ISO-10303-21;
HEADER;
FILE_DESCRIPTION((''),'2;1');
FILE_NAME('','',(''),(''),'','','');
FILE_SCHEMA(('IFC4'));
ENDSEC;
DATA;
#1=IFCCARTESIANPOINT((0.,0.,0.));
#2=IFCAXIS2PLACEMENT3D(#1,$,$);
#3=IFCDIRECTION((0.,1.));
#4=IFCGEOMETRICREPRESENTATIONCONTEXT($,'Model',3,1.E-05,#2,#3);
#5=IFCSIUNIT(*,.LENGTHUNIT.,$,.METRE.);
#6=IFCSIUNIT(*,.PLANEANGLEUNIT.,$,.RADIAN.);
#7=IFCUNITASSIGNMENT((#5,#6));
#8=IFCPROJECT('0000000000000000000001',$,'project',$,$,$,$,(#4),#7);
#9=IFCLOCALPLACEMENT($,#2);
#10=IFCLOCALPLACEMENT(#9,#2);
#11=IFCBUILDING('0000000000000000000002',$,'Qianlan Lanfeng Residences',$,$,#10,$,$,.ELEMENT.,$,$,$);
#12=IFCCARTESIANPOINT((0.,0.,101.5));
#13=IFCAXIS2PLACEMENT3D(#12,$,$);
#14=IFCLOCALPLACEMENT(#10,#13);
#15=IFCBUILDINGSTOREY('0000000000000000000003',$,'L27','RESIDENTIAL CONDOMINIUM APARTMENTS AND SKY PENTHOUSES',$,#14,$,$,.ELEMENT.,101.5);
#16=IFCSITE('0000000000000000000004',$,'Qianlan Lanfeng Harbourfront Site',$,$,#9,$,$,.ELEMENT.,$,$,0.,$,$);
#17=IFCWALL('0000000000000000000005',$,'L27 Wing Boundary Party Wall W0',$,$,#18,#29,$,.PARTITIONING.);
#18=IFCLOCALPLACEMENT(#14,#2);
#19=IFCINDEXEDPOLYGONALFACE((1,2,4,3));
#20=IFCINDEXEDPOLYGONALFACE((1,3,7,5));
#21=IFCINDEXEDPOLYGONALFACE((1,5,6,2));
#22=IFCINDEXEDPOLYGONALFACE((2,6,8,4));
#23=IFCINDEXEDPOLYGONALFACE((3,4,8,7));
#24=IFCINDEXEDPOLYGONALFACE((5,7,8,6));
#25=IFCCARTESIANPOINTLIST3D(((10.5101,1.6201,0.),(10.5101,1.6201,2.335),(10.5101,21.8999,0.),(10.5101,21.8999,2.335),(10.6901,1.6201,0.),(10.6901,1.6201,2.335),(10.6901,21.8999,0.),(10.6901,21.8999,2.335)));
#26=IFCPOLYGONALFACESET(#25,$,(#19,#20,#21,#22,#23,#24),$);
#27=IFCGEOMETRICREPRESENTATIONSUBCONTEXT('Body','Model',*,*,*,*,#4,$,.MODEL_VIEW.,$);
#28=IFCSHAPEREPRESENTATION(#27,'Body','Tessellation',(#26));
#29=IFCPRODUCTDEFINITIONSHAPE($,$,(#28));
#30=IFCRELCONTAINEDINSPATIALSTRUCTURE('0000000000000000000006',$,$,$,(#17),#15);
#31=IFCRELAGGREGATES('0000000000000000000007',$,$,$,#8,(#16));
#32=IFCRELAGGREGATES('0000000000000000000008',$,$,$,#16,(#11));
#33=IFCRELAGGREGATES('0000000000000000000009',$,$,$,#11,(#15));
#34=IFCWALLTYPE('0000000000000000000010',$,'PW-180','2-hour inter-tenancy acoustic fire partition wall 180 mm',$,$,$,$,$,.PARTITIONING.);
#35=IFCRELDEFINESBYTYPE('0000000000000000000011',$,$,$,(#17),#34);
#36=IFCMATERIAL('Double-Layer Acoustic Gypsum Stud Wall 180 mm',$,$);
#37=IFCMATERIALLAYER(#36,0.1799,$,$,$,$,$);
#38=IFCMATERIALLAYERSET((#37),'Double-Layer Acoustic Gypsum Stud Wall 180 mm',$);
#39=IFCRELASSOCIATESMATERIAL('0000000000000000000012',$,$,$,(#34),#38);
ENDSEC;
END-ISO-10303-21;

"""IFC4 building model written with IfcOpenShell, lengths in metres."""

from ifc_helpers import new_model, si_unit, direction, frame, frame_2d, origin, place, context, subcontext, project, spatial, rectangle, extrude, material, layer, layer_set, type_object, element, save


model = new_model("IFC4")

# Units and contexts
model_context = context("Model", 3, precision=1e-05, world=origin(), true_north=direction((0.0, 1.0)))
body_context = subcontext(model_context, "Body", "Model", "MODEL_VIEW")
ifc_project = project(units=[si_unit("LENGTHUNIT", "METRE"), si_unit("PLANEANGLEUNIT", "RADIAN")], contexts=[model_context])

# Site, building, storey
site_placement = place(None, origin())
site = spatial("IfcSite", under=ifc_project, at=site_placement, Name="Qianlan Lanfeng Harbourfront Site", CompositionType="ELEMENT", RefElevation=0.0)
building_placement = place(site_placement, origin())
building = spatial("IfcBuilding", under=site, at=building_placement, Name="Qianlan Lanfeng Residences", CompositionType="ELEMENT")
storey_placement = place(building_placement, frame((0.0, 0.0, 101.5)))
storey = spatial("IfcBuildingStorey", under=building, at=storey_placement, Name="L27", Description="RESIDENTIAL CONDOMINIUM APARTMENTS AND SKY PENTHOUSES", CompositionType="ELEMENT", Elevation=101.5)

# Wall
ifc_material_1 = material(Name="Double-Layer Acoustic Gypsum Stud Wall 180 mm")
ifc_layer_1 = layer(ifc_material_1, 0.1799)
ifc_layer_set_1 = layer_set([ifc_layer_1], Name="Double-Layer Acoustic Gypsum Stud Wall 180 mm")
wall_type_1 = type_object("IfcWallType", Name="PW-180", Description="2-hour inter-tenancy acoustic fire partition wall 180 mm", PredefinedType="PARTITIONING", material=ifc_layer_set_1)
wall_1_placement = place(storey_placement, frame((10.6001, 1.6201, 0.0), z_axis=(0.0, 0.0, 1.0), x_axis=(0.0, 1.0, 0.0)))
element("IfcWall", 1, at=wall_1_placement, inside=storey, type_object=wall_type_1, Name="L27 Wing Boundary Party Wall W0", PredefinedType="PARTITIONING", context=body_context, shape_type="SweptSolid", body=[
    extrude(rectangle(XDim=20.2798, YDim=0.1799, at=frame_2d((10.1399, 0.0))), origin(), (0.0, 0.0, 1.0), 2.335),
])

save(model, "model.ifc")
